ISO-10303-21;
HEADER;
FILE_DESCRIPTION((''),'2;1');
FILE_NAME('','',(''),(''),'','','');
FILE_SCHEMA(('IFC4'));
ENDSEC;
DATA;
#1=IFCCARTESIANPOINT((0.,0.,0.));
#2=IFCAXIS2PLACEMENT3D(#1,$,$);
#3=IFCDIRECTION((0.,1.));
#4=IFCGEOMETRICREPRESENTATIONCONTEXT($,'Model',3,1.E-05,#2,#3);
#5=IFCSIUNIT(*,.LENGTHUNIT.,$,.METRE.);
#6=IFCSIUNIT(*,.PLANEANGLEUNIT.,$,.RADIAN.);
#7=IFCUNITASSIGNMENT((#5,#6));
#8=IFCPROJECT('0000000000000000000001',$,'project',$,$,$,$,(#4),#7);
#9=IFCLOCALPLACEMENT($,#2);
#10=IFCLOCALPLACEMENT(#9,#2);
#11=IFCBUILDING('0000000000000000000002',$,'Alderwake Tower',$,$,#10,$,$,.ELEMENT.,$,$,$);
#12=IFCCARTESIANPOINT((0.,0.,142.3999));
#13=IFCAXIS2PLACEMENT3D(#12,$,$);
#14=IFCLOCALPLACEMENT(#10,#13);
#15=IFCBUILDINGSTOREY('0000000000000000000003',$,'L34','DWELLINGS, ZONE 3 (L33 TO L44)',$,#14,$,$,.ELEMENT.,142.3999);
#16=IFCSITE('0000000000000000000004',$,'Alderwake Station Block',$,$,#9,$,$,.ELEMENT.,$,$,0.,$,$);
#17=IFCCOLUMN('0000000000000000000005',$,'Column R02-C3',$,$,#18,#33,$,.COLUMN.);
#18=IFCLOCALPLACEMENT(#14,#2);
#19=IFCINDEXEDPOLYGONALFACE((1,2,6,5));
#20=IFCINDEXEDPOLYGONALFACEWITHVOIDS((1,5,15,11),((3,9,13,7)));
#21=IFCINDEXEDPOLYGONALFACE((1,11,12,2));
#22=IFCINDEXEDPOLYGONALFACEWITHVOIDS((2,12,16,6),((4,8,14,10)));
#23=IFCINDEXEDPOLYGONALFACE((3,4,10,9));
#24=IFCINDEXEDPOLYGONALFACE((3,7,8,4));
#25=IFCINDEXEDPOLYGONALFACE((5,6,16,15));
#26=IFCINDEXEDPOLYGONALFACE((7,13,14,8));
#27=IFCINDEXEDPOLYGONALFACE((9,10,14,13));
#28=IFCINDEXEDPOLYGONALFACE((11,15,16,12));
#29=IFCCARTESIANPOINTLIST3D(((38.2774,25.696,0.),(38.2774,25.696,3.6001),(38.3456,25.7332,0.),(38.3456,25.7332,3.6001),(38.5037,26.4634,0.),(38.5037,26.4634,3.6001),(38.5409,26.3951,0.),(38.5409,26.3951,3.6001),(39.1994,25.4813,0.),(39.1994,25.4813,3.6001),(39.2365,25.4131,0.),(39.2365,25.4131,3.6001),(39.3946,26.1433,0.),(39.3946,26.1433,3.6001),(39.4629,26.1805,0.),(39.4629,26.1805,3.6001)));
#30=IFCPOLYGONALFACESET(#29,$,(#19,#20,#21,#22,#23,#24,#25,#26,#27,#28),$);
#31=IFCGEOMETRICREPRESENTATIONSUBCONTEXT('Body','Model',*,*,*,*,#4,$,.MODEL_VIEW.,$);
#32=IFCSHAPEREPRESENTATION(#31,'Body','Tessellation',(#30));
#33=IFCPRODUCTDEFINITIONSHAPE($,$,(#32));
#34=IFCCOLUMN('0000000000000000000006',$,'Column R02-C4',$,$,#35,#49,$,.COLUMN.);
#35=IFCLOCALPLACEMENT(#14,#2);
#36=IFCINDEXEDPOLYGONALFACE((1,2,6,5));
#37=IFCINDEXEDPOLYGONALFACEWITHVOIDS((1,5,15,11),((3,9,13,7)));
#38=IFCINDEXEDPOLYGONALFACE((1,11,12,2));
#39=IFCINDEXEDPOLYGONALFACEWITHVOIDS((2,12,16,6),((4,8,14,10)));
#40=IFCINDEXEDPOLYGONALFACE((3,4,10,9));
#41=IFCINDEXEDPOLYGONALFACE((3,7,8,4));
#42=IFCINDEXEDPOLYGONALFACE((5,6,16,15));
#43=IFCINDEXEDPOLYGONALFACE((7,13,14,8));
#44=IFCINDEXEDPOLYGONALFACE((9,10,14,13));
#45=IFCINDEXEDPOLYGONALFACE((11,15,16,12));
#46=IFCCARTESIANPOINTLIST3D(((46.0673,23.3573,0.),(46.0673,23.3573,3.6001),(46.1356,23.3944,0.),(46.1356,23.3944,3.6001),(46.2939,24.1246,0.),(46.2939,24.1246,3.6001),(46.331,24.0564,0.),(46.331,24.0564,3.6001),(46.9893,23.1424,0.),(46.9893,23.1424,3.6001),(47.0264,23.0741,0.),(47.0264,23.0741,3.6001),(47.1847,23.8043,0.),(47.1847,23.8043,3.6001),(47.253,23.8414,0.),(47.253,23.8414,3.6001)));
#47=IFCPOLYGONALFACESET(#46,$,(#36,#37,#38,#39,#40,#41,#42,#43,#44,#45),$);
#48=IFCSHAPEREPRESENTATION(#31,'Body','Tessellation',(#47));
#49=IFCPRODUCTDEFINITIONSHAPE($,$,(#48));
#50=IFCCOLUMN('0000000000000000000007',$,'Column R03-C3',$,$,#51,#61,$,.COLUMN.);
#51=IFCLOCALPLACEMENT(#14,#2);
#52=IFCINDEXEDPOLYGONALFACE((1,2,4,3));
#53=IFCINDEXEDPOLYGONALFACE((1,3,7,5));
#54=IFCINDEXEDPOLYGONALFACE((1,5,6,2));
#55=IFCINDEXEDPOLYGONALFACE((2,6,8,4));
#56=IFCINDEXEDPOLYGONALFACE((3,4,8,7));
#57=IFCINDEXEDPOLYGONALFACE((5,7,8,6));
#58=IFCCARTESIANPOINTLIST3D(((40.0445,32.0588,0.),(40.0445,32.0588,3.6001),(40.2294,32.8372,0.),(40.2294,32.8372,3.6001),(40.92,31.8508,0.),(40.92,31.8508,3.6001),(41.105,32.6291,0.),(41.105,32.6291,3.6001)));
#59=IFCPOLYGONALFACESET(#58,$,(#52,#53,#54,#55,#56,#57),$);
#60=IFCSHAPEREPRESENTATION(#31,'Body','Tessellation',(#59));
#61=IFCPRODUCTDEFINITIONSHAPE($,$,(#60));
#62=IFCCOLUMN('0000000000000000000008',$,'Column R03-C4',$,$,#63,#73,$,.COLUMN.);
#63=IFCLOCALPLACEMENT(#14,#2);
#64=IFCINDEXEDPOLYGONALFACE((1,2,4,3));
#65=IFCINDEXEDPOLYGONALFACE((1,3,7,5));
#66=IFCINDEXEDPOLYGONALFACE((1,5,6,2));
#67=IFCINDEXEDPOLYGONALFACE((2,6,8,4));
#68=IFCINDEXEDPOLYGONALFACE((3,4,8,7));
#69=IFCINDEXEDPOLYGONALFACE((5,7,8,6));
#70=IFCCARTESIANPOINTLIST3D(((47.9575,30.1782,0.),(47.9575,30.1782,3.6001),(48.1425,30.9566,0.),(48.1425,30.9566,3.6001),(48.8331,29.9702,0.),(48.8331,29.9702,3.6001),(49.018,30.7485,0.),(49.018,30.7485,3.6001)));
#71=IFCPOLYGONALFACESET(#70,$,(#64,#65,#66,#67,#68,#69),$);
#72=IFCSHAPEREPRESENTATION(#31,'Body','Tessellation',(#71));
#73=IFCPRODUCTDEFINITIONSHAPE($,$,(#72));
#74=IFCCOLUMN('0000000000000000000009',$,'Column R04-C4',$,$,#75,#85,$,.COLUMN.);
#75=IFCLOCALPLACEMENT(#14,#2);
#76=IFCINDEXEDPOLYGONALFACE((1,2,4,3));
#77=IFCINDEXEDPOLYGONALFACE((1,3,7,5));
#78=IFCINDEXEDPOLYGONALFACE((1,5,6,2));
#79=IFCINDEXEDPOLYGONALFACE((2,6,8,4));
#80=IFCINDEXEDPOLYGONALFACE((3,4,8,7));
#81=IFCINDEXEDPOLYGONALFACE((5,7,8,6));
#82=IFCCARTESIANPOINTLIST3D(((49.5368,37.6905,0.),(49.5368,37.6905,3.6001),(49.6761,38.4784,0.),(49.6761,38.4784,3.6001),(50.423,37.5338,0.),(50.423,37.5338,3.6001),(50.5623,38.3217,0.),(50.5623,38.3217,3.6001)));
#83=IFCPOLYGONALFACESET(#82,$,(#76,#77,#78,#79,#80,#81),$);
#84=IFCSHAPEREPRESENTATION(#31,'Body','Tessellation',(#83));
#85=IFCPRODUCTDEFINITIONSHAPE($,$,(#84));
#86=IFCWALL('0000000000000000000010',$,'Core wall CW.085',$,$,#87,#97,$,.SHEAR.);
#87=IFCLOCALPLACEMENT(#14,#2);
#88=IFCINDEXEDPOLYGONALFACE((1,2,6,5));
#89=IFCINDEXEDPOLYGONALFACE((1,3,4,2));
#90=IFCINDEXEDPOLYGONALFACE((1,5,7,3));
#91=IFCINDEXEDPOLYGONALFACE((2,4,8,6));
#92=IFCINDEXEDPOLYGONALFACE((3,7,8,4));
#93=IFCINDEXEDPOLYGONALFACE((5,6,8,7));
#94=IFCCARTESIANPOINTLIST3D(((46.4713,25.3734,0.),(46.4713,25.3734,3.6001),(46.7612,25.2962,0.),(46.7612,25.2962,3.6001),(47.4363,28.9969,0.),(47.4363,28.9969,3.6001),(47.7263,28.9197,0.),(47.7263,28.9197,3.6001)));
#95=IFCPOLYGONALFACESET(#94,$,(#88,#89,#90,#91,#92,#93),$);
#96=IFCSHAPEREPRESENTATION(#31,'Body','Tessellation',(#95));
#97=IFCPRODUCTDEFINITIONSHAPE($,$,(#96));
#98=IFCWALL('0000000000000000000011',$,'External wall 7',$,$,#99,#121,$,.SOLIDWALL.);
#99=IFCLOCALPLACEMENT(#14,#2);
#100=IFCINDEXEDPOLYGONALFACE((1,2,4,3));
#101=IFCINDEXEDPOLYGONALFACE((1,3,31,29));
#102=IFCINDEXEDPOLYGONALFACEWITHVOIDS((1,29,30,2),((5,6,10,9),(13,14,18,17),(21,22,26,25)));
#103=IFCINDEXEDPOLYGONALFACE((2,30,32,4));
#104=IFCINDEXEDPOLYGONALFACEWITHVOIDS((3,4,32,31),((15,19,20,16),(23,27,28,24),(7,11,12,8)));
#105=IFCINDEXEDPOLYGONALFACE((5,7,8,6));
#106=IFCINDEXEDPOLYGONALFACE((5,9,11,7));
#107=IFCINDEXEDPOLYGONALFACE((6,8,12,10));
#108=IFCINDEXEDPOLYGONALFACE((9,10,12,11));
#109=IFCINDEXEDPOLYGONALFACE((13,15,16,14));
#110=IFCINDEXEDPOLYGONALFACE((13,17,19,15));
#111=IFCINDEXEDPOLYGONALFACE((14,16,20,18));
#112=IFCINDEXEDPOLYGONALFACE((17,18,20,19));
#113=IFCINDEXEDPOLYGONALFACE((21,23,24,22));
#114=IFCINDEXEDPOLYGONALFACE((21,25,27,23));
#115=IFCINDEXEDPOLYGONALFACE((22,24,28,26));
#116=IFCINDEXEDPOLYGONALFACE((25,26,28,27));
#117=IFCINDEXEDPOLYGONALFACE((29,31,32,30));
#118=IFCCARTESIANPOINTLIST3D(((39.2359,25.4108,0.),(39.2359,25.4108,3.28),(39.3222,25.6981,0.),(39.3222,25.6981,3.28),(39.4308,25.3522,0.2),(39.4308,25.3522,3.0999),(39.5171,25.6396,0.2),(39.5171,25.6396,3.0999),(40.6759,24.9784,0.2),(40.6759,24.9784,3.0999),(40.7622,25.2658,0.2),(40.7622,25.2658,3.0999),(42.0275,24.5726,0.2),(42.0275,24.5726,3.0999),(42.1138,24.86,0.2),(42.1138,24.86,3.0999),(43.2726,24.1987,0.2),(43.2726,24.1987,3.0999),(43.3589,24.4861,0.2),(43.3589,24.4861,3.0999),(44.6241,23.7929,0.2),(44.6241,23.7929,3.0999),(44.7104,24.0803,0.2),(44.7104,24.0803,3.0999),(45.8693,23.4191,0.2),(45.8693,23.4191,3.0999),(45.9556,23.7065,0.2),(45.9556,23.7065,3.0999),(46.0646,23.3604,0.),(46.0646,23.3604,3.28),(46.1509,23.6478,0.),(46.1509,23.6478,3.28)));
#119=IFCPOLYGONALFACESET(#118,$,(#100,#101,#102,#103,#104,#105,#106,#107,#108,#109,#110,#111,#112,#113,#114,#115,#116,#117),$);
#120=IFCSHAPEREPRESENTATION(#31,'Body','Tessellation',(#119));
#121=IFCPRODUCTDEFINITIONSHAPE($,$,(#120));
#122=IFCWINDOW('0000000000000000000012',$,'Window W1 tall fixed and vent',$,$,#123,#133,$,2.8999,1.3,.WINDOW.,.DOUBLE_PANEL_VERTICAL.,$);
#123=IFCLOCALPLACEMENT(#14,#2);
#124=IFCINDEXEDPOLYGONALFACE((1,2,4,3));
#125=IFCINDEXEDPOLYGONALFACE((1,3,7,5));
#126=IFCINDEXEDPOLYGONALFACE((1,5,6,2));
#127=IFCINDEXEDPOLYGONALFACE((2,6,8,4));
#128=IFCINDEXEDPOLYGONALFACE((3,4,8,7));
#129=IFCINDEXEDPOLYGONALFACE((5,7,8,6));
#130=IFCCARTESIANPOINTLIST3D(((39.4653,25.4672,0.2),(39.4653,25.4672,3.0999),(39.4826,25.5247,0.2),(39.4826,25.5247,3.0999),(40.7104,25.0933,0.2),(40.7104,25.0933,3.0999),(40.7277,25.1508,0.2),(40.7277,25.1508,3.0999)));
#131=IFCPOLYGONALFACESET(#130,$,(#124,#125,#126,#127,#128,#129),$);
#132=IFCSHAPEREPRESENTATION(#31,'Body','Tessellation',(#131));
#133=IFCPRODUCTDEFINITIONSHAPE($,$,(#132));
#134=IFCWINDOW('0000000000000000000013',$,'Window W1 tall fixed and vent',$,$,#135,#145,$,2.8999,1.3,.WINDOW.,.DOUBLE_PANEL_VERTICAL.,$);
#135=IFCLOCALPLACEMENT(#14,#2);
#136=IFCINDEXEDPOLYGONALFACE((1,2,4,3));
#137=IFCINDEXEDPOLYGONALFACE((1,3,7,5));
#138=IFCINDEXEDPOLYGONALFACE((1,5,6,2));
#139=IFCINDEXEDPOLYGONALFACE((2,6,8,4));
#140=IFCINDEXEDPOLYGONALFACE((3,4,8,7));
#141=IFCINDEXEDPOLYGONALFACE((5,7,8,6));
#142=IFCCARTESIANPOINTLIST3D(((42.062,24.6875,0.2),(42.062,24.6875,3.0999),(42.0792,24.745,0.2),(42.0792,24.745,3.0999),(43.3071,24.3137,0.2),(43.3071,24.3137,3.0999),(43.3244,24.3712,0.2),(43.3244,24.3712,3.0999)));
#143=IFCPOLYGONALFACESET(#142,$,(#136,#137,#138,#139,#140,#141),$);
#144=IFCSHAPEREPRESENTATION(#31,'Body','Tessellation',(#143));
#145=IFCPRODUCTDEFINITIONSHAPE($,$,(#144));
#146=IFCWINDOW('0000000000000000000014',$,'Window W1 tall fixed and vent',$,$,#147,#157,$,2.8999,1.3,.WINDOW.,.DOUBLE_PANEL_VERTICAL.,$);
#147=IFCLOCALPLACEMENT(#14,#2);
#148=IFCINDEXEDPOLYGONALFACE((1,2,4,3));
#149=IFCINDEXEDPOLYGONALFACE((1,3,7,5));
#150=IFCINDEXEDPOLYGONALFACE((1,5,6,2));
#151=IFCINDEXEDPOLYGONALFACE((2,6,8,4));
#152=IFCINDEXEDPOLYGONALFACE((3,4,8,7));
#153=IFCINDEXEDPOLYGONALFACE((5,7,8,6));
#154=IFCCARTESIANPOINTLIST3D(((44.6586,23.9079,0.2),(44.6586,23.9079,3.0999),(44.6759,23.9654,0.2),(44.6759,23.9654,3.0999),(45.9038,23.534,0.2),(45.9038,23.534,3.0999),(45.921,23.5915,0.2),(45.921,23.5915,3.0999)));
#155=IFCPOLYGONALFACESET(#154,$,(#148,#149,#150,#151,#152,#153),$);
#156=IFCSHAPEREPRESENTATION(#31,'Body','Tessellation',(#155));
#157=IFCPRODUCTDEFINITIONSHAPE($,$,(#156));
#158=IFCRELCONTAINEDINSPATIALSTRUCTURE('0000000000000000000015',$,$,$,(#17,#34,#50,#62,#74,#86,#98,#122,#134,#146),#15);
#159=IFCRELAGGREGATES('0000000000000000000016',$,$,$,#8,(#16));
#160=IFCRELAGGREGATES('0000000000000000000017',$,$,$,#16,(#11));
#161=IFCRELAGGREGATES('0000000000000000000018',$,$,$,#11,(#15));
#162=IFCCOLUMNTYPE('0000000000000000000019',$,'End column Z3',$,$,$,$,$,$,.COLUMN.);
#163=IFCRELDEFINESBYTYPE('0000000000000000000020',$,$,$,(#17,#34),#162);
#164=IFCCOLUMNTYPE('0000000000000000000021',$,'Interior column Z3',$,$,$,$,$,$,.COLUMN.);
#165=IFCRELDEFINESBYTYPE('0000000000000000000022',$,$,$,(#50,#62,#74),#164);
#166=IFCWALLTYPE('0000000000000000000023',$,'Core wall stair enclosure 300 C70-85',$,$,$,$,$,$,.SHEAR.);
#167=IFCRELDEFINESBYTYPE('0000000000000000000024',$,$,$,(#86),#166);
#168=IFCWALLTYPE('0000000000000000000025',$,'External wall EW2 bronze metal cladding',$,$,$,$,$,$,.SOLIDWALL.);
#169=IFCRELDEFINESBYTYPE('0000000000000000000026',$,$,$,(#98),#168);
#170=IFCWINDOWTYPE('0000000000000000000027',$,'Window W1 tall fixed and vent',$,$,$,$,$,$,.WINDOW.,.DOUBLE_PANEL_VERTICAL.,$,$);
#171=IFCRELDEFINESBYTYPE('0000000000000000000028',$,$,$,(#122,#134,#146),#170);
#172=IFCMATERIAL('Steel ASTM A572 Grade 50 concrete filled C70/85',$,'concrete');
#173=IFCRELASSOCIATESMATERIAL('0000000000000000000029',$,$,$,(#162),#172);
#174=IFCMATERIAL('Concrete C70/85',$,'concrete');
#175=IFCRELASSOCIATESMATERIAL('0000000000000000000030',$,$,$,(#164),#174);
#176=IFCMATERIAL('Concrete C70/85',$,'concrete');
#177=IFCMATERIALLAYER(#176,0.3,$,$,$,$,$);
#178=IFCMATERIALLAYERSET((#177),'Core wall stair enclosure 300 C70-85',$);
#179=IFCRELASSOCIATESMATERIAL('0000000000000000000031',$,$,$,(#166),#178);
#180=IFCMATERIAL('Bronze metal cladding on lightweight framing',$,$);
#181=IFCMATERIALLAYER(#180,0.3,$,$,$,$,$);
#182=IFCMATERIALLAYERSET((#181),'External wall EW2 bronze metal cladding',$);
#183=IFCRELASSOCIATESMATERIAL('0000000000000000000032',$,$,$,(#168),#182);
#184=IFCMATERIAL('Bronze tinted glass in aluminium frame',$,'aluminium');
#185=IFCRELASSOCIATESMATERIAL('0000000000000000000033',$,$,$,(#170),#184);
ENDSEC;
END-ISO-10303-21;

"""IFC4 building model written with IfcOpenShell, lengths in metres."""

from ifc_helpers import new_model, si_unit, direction, frame, frame_2d, origin, origin_2d, place, context, subcontext, project, spatial, rectangle, hollow_rectangle, extrude, material, layer, layer_set, material_profile, profile_set, type_object, element, fill, save


model = new_model("IFC4")

# Units and contexts
model_context = context("Model", 3, precision=1e-05, world=origin(), true_north=direction((0.0, 1.0)))
body_context = subcontext(model_context, "Body", "Model", "MODEL_VIEW")
ifc_project = project(units=[si_unit("LENGTHUNIT", "METRE"), si_unit("PLANEANGLEUNIT", "RADIAN")], contexts=[model_context])

# Site, building, storey
site_placement = place(None, origin())
site = spatial("IfcSite", under=ifc_project, at=site_placement, Name="Alderwake Station Block", CompositionType="ELEMENT", RefElevation=0.0)
building_placement = place(site_placement, origin())
building = spatial("IfcBuilding", under=site, at=building_placement, Name="Alderwake Tower", CompositionType="ELEMENT")
storey_placement = place(building_placement, frame((0.0, 0.0, 142.3999)))
storey = spatial("IfcBuildingStorey", under=building, at=storey_placement, Name="L34", Description="DWELLINGS, ZONE 3 (L33 TO L44)", CompositionType="ELEMENT", Elevation=142.3999)

# Columns
ifc_material_1 = material(Name="Steel ASTM A572 Grade 50 concrete filled C70/85", Category="concrete")
ifc_material_profile_1 = material_profile(ifc_material_1, hollow_rectangle(XDim=0.8, YDim=1.0, WallThickness=0.0549, at=origin_2d()), Name="BOX 1000X800X55")
ifc_profile_set_1 = profile_set([ifc_material_profile_1], Name="Steel ASTM A572 Grade 50 concrete filled C70/85")
column_type_1 = type_object("IfcColumnType", Name="End column Z3", PredefinedType="COLUMN", material=ifc_profile_set_1)
for number, where, z_axis, x_axis, name in (
    (1, (38.8701, 25.9382, 0.0), (0.0, 0.0, 1.0), (0.282909, 0.959147, 0.0), "Column R02-C3"),
    (2, (46.6602, 23.5994, 0.0), (0.0, 0.0, 1.0), (0.283195, 0.959062, 0.0), "Column R02-C4"),
):
    element("IfcColumn", number, at=place(storey_placement, frame(where, z_axis=z_axis, x_axis=x_axis)), inside=storey, type_object=column_type_1, Name=name, PredefinedType="COLUMN", context=body_context, shape_type="SweptSolid", body=[
        extrude(hollow_rectangle(XDim=0.8, YDim=1.0, WallThickness=0.0549, at=origin_2d()), origin(), (0.0, 0.0, 1.0), 3.6001),
    ])
ifc_material_2 = material(Name="Concrete C70/85", Category="concrete")
ifc_material_profile_2 = material_profile(ifc_material_2, rectangle(XDim=0.8, YDim=0.8999, at=origin_2d()), Name="RC 900X800")
ifc_profile_set_2 = profile_set([ifc_material_profile_2], Name="Concrete C70/85")
column_type_2 = type_object("IfcColumnType", Name="Interior column Z3", PredefinedType="COLUMN", material=ifc_profile_set_2)
for number, where, z_axis, x_axis, name in (
    (3, (40.5747, 32.344, 0.0), (0.0, 0.0, 1.0), (0.231222, 0.972901, 0.0), "Column R03-C3"),
    (4, (48.4878, 30.4634, 0.0), (0.0, 0.0, 1.0), (0.231222, 0.972901, 0.0), "Column R03-C4"),
    (5, (50.0496, 38.0061, 0.0), (0.0, 0.0, 1.0), (0.174109, 0.984726, 0.0), "Column R04-C4"),
):
    element("IfcColumn", number, at=place(storey_placement, frame(where, z_axis=z_axis, x_axis=x_axis)), inside=storey, type_object=column_type_2, Name=name, PredefinedType="COLUMN", context=body_context, shape_type="SweptSolid", body=[
        extrude(rectangle(XDim=0.8, YDim=0.8999, at=origin_2d()), origin(), (0.0, 0.0, 1.0), 3.6001),
    ])

# Wall
ifc_material_3 = material(Name="Concrete C70/85", Category="concrete")
ifc_layer_1 = layer(ifc_material_3, 0.3)
ifc_layer_set_1 = layer_set([ifc_layer_1], Name="Core wall stair enclosure 300 C70-85")
wall_type_1 = type_object("IfcWallType", Name="Core wall stair enclosure 300 C70-85", PredefinedType="SHEAR", material=ifc_layer_set_1)
wall_1_placement = place(storey_placement, frame((46.6162, 25.3347, 0.0), z_axis=(0.0, 0.0, 1.0), x_axis=(0.257367, 0.966314, 0.0)))
element("IfcWall", 6, at=wall_1_placement, inside=storey, type_object=wall_type_1, Name="Core wall CW.085", PredefinedType="SHEAR", context=body_context, shape_type="SweptSolid", body=[
    extrude(rectangle(XDim=3.7498, YDim=0.3, at=frame_2d((1.875, 0.0))), origin(), (0.0, 0.0, 1.0), 3.6001),
])

# Wall, openings, windows
ifc_material_4 = material(Name="Bronze metal cladding on lightweight framing")
ifc_layer_2 = layer(ifc_material_4, 0.3)
ifc_layer_set_2 = layer_set([ifc_layer_2], Name="External wall EW2 bronze metal cladding")
wall_type_2 = type_object("IfcWallType", Name="External wall EW2 bronze metal cladding", PredefinedType="SOLIDWALL", material=ifc_layer_set_2)
wall_2_placement = place(storey_placement, frame((39.2791, 25.5544, 0.0), z_axis=(0.0, 0.0, 1.0), x_axis=(0.95776, -0.287568, 0.0)))
wall_2 = element("IfcWall", 7, at=wall_2_placement, inside=storey, type_object=wall_type_2, Name="External wall 7", PredefinedType="SOLIDWALL", context=body_context, shape_type="SweptSolid", body=[
    extrude(rectangle(XDim=7.1299, YDim=0.3, at=frame_2d((3.5649, 0.0))), origin(), (0.0, 0.0, 1.0), 3.28),
])
opening_1_placement = place(wall_2_placement, frame((0.2036, 0.0, 0.2)))
opening_1 = element("IfcOpeningElement", 8, at=opening_1_placement, cuts=wall_2, PredefinedType="OPENING", context=body_context, shape_type="SweptSolid", body=[
    extrude(rectangle(XDim=1.3, YDim=2.8999, at=frame_2d((0.6499, 1.45))), frame((0.0, 0.1599, 0.0), z_axis=(0.0, -1.0, 0.0), x_axis=(1.0, 0.0, 0.0)), (0.0, 0.0, 1.0), 0.3201),
])
opening_2_placement = place(wall_2_placement, frame((2.9148, 0.0, 0.2)))
opening_2 = element("IfcOpeningElement", 9, at=opening_2_placement, cuts=wall_2, PredefinedType="OPENING", context=body_context, shape_type="SweptSolid", body=[
    extrude(rectangle(XDim=1.3, YDim=2.8999, at=frame_2d((0.6499, 1.45))), frame((0.0, 0.1599, 0.0), z_axis=(0.0, -1.0, 0.0), x_axis=(1.0, 0.0, 0.0)), (0.0, 0.0, 1.0), 0.3201),
])
opening_3_placement = place(wall_2_placement, frame((5.626, 0.0, 0.2)))
opening_3 = element("IfcOpeningElement", 10, at=opening_3_placement, cuts=wall_2, PredefinedType="OPENING", context=body_context, shape_type="SweptSolid", body=[
    extrude(rectangle(XDim=1.3, YDim=2.8999, at=frame_2d((0.6499, 1.45))), frame((0.0, 0.1599, 0.0), z_axis=(0.0, -1.0, 0.0), x_axis=(1.0, 0.0, 0.0)), (0.0, 0.0, 1.0), 0.3201),
])
ifc_material_5 = material(Name="Bronze tinted glass in aluminium frame", Category="aluminium")
window_type = type_object("IfcWindowType", Name="Window W1 tall fixed and vent", PartitioningType="DOUBLE_PANEL_VERTICAL", PredefinedType="WINDOW", material=ifc_material_5)
window_1_placement = place(opening_1_placement, origin())
window_1 = element("IfcWindow", 11, at=window_1_placement, inside=storey, type_object=window_type, Name="Window W1 tall fixed and vent", OverallHeight=2.8999, OverallWidth=1.3, PartitioningType="DOUBLE_PANEL_VERTICAL", PredefinedType="WINDOW", context=body_context, shape_type="SweptSolid", body=[
    extrude(rectangle(XDim=1.3, YDim=2.8999, at=frame_2d((0.6499, 1.45))), frame((0.0, 0.03, 0.0), z_axis=(0.0, -1.0, 0.0), x_axis=(1.0, 0.0, 0.0)), (0.0, 0.0, 1.0), 0.0601),
])
fill(opening_1, window_1)
window_2_placement = place(opening_2_placement, origin())
window_2 = element("IfcWindow", 12, at=window_2_placement, inside=storey, type_object=window_type, Name="Window W1 tall fixed and vent", OverallHeight=2.8999, OverallWidth=1.3, PartitioningType="DOUBLE_PANEL_VERTICAL", PredefinedType="WINDOW", context=body_context, shape_type="SweptSolid", body=[
    extrude(rectangle(XDim=1.3, YDim=2.8999, at=frame_2d((0.6499, 1.45))), frame((0.0, 0.03, 0.0), z_axis=(0.0, -1.0, 0.0), x_axis=(1.0, 0.0, 0.0)), (0.0, 0.0, 1.0), 0.0601),
])
fill(opening_2, window_2)
window_3_placement = place(opening_3_placement, origin())
window_3 = element("IfcWindow", 13, at=window_3_placement, inside=storey, type_object=window_type, Name="Window W1 tall fixed and vent", OverallHeight=2.8999, OverallWidth=1.3, PartitioningType="DOUBLE_PANEL_VERTICAL", PredefinedType="WINDOW", context=body_context, shape_type="SweptSolid", body=[
    extrude(rectangle(XDim=1.3, YDim=2.8999, at=frame_2d((0.6499, 1.45))), frame((0.0, 0.03, 0.0), z_axis=(0.0, -1.0, 0.0), x_axis=(1.0, 0.0, 0.0)), (0.0, 0.0, 1.0), 0.0601),
])
fill(opening_3, window_3)

save(model, "model.ifc")
